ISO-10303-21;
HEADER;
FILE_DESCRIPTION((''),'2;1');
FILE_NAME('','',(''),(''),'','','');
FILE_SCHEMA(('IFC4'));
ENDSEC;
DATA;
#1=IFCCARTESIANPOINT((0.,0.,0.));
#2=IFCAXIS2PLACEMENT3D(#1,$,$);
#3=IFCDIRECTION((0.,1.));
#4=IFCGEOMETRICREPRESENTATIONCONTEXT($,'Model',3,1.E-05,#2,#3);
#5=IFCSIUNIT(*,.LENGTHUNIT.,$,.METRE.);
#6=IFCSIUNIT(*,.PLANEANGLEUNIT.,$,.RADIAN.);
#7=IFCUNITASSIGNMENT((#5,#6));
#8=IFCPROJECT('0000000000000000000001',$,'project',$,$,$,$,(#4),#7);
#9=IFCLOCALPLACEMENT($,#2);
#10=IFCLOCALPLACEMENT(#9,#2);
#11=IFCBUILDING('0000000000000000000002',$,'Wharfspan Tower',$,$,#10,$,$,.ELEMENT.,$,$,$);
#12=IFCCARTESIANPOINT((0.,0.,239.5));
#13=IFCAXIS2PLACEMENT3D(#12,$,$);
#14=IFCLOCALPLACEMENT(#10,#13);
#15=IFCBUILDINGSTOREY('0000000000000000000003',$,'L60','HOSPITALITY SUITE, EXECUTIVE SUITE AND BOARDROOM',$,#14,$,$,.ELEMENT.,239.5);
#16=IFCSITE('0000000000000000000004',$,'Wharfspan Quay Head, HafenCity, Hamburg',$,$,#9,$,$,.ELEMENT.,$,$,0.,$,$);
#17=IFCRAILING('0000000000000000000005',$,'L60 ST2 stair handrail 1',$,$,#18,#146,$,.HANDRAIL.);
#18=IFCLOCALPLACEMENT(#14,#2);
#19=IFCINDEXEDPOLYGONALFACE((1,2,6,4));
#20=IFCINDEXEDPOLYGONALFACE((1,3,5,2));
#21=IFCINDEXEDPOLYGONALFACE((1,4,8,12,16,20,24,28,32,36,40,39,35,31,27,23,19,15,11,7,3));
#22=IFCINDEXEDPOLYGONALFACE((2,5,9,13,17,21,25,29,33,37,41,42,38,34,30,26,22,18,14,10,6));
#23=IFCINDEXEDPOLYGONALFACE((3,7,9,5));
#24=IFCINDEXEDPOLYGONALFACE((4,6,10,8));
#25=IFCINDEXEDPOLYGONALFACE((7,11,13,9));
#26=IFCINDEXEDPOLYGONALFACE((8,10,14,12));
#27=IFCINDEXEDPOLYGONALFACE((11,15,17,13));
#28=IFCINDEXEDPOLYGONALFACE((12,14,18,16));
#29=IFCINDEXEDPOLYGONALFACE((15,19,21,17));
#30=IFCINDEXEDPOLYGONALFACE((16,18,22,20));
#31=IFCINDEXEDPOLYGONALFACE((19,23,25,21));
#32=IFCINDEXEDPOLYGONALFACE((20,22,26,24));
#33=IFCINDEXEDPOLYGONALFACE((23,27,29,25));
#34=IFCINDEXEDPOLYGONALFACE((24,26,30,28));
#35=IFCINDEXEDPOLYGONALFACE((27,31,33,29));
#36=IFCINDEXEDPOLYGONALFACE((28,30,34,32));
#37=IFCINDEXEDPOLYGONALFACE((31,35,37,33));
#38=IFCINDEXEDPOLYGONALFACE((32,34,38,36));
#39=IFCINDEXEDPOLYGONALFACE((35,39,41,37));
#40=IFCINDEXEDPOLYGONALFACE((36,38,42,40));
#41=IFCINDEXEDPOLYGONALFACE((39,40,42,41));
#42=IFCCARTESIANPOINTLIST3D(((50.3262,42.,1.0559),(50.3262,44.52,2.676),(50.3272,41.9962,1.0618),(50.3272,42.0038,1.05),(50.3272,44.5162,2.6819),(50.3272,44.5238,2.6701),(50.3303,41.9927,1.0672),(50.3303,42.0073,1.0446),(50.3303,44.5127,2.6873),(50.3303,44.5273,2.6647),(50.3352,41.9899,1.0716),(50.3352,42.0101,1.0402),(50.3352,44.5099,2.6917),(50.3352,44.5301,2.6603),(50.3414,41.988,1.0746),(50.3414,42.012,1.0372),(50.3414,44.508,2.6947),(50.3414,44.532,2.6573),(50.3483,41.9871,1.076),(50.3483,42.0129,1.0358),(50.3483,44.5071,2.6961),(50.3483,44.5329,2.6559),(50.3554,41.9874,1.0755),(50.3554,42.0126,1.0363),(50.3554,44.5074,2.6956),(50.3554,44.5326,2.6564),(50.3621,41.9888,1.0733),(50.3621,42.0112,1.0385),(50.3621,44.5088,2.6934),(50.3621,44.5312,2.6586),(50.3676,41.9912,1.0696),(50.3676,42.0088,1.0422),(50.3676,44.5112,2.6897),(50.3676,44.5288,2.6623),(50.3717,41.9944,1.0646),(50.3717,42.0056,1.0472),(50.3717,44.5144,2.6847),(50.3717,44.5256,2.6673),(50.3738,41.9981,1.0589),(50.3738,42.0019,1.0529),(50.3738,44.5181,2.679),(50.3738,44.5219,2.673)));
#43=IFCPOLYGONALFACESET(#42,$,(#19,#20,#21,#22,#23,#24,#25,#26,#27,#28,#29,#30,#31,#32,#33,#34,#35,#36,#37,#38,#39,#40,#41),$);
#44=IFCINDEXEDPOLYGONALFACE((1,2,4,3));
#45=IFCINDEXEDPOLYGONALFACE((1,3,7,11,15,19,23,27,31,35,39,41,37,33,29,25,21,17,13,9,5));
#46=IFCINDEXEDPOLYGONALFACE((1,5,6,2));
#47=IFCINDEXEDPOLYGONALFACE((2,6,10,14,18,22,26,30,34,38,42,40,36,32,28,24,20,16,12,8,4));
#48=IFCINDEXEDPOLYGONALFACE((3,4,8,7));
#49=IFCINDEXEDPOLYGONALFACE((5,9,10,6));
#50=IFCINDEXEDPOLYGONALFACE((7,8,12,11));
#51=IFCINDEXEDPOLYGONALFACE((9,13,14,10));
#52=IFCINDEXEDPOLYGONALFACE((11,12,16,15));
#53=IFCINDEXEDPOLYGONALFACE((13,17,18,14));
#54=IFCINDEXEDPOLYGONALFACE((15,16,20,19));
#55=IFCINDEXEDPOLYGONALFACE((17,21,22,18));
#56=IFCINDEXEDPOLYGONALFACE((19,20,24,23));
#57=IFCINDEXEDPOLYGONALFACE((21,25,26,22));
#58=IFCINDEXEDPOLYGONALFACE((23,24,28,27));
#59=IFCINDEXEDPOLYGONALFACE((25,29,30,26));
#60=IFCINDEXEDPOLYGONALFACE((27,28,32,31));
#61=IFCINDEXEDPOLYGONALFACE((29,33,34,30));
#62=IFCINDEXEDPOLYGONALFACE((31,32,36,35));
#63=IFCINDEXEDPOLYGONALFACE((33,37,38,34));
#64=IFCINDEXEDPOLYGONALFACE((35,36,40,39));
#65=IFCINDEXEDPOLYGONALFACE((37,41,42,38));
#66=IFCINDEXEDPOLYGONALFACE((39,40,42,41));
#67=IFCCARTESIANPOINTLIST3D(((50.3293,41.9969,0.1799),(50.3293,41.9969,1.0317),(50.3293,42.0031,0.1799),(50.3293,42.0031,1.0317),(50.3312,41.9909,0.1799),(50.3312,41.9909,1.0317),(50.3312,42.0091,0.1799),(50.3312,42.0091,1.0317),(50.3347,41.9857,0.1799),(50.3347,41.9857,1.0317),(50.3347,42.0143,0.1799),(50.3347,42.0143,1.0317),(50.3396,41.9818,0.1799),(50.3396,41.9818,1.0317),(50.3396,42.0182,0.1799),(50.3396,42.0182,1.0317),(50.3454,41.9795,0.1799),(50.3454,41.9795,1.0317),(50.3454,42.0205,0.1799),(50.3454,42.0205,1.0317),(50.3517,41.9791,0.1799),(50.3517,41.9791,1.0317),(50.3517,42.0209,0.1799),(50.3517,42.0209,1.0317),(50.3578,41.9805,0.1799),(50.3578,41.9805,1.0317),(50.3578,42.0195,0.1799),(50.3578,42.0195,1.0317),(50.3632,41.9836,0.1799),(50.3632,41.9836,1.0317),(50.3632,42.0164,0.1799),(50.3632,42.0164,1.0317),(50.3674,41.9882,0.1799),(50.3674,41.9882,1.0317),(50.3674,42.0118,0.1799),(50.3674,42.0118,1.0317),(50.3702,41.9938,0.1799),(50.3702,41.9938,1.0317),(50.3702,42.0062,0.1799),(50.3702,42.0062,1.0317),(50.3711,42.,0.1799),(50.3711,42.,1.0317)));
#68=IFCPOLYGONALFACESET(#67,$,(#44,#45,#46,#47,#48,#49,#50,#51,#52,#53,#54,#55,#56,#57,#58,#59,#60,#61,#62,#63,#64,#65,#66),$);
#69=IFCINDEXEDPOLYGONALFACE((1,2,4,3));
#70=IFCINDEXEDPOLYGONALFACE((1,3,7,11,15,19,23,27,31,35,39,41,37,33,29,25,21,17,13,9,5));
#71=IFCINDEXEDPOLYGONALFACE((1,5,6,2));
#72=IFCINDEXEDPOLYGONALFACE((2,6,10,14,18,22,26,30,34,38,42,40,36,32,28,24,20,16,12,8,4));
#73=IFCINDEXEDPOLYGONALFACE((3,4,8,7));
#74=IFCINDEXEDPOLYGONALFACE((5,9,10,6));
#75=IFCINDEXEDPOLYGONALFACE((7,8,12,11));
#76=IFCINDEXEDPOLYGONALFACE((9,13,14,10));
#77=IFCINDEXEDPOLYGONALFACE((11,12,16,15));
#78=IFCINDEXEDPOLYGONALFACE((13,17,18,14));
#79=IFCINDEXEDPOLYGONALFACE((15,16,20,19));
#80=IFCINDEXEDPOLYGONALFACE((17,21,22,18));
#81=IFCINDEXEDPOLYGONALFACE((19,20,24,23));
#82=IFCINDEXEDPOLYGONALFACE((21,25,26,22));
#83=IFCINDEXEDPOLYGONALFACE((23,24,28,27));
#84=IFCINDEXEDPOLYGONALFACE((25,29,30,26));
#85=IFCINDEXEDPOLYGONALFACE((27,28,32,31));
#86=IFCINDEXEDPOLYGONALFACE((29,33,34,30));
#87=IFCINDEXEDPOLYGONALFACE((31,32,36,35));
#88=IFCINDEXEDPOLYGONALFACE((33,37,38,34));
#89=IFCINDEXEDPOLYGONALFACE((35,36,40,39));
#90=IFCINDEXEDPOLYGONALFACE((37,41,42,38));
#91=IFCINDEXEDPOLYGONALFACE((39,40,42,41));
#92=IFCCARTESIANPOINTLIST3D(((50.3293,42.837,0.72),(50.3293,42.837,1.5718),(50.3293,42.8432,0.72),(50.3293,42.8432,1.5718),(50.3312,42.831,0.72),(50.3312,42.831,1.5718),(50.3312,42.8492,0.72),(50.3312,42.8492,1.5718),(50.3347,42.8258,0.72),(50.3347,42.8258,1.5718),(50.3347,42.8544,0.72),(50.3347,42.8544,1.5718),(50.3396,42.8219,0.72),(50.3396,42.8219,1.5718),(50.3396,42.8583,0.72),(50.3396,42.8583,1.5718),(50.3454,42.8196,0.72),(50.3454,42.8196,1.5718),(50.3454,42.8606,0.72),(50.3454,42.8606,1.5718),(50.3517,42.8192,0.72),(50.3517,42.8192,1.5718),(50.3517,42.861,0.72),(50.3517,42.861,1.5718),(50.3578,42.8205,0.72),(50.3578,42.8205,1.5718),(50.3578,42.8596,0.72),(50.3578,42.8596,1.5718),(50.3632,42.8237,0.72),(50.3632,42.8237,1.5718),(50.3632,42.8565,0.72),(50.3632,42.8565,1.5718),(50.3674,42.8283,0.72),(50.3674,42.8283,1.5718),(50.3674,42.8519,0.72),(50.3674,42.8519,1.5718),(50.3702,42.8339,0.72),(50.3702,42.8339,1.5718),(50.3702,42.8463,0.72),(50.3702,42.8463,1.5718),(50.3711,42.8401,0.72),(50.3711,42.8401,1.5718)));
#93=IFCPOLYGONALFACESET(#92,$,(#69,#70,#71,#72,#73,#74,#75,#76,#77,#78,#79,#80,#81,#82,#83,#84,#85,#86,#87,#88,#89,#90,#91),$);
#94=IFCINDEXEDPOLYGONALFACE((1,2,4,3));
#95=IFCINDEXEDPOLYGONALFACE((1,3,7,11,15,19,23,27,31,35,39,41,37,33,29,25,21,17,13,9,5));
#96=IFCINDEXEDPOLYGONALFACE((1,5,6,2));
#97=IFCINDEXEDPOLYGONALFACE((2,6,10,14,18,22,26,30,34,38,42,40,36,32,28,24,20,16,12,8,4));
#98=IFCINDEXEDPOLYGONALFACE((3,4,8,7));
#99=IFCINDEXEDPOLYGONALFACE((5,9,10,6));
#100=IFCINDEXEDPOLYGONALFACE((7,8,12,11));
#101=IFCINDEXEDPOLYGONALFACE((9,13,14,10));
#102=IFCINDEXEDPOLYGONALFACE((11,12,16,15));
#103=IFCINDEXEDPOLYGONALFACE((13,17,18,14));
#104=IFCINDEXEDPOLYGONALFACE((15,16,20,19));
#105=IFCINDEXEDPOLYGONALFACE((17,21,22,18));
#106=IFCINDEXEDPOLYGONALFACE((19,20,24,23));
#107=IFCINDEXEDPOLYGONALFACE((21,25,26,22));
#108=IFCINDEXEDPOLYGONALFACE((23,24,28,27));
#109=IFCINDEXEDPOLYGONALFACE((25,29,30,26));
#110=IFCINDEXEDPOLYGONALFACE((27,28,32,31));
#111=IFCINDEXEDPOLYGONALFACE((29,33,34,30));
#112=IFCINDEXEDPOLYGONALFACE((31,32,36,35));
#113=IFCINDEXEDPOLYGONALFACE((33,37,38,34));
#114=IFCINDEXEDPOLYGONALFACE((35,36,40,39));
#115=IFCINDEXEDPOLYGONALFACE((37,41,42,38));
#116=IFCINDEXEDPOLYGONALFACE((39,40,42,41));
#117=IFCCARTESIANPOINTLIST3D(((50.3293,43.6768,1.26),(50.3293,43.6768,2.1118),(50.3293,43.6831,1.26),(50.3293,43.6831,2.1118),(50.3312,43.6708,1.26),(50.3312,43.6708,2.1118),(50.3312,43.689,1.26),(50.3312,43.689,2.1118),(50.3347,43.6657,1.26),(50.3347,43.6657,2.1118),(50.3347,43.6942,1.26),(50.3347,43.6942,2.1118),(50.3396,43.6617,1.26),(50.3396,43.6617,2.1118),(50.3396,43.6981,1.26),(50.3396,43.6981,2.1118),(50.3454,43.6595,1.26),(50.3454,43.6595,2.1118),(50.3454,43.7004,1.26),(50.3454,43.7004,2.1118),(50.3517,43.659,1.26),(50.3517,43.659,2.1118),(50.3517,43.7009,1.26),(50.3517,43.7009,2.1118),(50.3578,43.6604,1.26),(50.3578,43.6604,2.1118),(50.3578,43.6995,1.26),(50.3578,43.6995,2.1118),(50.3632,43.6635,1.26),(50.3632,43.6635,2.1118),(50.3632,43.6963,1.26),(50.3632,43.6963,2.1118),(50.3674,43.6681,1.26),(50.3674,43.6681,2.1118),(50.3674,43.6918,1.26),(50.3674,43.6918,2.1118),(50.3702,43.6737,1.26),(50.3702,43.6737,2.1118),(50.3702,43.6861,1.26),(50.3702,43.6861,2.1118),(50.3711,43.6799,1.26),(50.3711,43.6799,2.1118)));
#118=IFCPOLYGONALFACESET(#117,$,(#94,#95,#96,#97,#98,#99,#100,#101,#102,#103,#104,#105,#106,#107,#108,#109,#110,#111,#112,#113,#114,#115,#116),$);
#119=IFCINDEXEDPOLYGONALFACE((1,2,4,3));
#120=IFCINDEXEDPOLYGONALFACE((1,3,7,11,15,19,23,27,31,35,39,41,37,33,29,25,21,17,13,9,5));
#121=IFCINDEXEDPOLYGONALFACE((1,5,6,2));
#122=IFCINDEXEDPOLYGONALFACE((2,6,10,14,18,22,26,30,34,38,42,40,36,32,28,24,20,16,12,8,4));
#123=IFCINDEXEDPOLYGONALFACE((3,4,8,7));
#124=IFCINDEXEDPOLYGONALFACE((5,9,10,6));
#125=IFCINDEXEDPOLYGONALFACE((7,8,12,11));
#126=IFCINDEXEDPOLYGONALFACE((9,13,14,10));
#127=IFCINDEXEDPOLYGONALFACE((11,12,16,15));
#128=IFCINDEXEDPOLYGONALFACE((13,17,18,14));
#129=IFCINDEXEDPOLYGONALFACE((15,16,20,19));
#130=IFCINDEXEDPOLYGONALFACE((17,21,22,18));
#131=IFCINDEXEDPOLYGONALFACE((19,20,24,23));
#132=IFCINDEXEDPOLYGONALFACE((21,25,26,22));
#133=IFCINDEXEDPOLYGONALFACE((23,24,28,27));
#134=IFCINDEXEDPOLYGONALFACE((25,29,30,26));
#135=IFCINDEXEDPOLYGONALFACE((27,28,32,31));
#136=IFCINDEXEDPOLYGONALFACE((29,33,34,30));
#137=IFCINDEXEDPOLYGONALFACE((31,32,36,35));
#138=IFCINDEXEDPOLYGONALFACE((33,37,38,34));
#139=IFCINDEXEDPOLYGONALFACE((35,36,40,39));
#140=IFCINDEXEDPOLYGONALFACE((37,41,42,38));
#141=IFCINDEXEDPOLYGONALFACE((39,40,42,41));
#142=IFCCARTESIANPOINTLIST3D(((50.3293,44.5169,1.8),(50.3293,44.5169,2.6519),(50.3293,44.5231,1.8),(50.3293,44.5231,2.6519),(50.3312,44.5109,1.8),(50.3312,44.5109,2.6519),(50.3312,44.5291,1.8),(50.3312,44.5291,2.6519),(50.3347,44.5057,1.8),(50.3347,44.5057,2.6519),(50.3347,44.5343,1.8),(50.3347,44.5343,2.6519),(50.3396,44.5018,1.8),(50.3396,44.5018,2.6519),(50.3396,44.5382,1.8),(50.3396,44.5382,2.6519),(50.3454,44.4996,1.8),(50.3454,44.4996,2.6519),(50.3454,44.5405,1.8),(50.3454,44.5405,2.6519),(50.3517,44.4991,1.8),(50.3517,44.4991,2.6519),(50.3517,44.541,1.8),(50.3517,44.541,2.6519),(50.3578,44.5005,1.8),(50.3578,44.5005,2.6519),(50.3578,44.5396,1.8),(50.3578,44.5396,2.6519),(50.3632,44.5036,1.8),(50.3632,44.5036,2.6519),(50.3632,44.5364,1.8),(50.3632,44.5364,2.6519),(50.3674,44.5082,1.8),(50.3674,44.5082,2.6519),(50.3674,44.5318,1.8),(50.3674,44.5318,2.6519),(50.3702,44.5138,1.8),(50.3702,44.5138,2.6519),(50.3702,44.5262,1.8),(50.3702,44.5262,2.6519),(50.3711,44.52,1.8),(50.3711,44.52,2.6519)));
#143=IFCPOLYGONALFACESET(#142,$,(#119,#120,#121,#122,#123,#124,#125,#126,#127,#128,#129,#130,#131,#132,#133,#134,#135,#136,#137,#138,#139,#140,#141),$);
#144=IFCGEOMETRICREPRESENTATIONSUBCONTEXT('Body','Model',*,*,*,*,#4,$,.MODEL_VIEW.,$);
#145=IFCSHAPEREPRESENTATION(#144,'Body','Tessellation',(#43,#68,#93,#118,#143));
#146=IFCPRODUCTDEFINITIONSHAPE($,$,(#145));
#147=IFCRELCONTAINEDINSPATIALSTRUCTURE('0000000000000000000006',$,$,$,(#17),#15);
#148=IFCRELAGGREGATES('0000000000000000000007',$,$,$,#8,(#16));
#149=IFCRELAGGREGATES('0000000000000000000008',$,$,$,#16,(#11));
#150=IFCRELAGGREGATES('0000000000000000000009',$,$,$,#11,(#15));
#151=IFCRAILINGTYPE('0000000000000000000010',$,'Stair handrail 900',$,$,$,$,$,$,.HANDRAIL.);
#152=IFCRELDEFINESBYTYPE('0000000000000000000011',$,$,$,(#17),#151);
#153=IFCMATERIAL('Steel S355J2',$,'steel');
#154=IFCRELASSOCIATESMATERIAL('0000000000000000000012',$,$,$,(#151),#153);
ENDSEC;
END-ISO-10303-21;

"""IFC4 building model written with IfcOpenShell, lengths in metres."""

from ifc_helpers import new_model, si_unit, direction, frame, origin, origin_2d, place, context, subcontext, project, spatial, circle, extrude, material, type_object, element, save


model = new_model("IFC4")

# Units and contexts
model_context = context("Model", 3, precision=1e-05, world=origin(), true_north=direction((0.0, 1.0)))
body_context = subcontext(model_context, "Body", "Model", "MODEL_VIEW")
ifc_project = project(units=[si_unit("LENGTHUNIT", "METRE"), si_unit("PLANEANGLEUNIT", "RADIAN")], contexts=[model_context])

# Site, building, storey
site_placement = place(None, origin())
site = spatial("IfcSite", under=ifc_project, at=site_placement, Name="Wharfspan Quay Head, HafenCity, Hamburg", CompositionType="ELEMENT", RefElevation=0.0)
building_placement = place(site_placement, origin())
building = spatial("IfcBuilding", under=site, at=building_placement, Name="Wharfspan Tower", CompositionType="ELEMENT")
storey_placement = place(building_placement, frame((0.0, 0.0, 239.5)))
storey = spatial("IfcBuildingStorey", under=building, at=storey_placement, Name="L60", Description="HOSPITALITY SUITE, EXECUTIVE SUITE AND BOARDROOM", CompositionType="ELEMENT", Elevation=239.5)

# Shared definitions
ifc_material_1 = material(Name="Steel S355J2", Category="steel")

# Railing
railing_type_1 = type_object("IfcRailingType", Name="Stair handrail 900", PredefinedType="HANDRAIL", material=ifc_material_1)
railing_1_placement = place(storey_placement, frame((50.3501, 42.0, 0.1799)))
element("IfcRailing", 1, at=railing_1_placement, inside=storey, type_object=railing_type_1, Name="L60 ST2 stair handrail 1", PredefinedType="HANDRAIL", context=body_context, shape_type="SweptSolid", body=[
    extrude(circle(Radius=0.0239, at=origin_2d()), frame((0.0, 0.0, 0.876), z_axis=(0.0, 0.841163, 0.540782), x_axis=(-1.0, 0.0, 0.0)), (0.0, 0.0, 1.0), 2.9958),
    extrude(circle(Radius=0.021, at=origin_2d()), origin(), (0.0, 0.0, 1.0), 0.8518),
    extrude(circle(Radius=0.021, at=origin_2d()), frame((0.0, 0.8401, 0.54)), (0.0, 0.0, 1.0), 0.8518),
    extrude(circle(Radius=0.021, at=origin_2d()), frame((0.0, 1.6799, 1.0801)), (0.0, 0.0, 1.0), 0.8518),
    extrude(circle(Radius=0.021, at=origin_2d()), frame((0.0, 2.52, 1.6201)), (0.0, 0.0, 1.0), 0.8518),
])

save(model, "model.ifc")
